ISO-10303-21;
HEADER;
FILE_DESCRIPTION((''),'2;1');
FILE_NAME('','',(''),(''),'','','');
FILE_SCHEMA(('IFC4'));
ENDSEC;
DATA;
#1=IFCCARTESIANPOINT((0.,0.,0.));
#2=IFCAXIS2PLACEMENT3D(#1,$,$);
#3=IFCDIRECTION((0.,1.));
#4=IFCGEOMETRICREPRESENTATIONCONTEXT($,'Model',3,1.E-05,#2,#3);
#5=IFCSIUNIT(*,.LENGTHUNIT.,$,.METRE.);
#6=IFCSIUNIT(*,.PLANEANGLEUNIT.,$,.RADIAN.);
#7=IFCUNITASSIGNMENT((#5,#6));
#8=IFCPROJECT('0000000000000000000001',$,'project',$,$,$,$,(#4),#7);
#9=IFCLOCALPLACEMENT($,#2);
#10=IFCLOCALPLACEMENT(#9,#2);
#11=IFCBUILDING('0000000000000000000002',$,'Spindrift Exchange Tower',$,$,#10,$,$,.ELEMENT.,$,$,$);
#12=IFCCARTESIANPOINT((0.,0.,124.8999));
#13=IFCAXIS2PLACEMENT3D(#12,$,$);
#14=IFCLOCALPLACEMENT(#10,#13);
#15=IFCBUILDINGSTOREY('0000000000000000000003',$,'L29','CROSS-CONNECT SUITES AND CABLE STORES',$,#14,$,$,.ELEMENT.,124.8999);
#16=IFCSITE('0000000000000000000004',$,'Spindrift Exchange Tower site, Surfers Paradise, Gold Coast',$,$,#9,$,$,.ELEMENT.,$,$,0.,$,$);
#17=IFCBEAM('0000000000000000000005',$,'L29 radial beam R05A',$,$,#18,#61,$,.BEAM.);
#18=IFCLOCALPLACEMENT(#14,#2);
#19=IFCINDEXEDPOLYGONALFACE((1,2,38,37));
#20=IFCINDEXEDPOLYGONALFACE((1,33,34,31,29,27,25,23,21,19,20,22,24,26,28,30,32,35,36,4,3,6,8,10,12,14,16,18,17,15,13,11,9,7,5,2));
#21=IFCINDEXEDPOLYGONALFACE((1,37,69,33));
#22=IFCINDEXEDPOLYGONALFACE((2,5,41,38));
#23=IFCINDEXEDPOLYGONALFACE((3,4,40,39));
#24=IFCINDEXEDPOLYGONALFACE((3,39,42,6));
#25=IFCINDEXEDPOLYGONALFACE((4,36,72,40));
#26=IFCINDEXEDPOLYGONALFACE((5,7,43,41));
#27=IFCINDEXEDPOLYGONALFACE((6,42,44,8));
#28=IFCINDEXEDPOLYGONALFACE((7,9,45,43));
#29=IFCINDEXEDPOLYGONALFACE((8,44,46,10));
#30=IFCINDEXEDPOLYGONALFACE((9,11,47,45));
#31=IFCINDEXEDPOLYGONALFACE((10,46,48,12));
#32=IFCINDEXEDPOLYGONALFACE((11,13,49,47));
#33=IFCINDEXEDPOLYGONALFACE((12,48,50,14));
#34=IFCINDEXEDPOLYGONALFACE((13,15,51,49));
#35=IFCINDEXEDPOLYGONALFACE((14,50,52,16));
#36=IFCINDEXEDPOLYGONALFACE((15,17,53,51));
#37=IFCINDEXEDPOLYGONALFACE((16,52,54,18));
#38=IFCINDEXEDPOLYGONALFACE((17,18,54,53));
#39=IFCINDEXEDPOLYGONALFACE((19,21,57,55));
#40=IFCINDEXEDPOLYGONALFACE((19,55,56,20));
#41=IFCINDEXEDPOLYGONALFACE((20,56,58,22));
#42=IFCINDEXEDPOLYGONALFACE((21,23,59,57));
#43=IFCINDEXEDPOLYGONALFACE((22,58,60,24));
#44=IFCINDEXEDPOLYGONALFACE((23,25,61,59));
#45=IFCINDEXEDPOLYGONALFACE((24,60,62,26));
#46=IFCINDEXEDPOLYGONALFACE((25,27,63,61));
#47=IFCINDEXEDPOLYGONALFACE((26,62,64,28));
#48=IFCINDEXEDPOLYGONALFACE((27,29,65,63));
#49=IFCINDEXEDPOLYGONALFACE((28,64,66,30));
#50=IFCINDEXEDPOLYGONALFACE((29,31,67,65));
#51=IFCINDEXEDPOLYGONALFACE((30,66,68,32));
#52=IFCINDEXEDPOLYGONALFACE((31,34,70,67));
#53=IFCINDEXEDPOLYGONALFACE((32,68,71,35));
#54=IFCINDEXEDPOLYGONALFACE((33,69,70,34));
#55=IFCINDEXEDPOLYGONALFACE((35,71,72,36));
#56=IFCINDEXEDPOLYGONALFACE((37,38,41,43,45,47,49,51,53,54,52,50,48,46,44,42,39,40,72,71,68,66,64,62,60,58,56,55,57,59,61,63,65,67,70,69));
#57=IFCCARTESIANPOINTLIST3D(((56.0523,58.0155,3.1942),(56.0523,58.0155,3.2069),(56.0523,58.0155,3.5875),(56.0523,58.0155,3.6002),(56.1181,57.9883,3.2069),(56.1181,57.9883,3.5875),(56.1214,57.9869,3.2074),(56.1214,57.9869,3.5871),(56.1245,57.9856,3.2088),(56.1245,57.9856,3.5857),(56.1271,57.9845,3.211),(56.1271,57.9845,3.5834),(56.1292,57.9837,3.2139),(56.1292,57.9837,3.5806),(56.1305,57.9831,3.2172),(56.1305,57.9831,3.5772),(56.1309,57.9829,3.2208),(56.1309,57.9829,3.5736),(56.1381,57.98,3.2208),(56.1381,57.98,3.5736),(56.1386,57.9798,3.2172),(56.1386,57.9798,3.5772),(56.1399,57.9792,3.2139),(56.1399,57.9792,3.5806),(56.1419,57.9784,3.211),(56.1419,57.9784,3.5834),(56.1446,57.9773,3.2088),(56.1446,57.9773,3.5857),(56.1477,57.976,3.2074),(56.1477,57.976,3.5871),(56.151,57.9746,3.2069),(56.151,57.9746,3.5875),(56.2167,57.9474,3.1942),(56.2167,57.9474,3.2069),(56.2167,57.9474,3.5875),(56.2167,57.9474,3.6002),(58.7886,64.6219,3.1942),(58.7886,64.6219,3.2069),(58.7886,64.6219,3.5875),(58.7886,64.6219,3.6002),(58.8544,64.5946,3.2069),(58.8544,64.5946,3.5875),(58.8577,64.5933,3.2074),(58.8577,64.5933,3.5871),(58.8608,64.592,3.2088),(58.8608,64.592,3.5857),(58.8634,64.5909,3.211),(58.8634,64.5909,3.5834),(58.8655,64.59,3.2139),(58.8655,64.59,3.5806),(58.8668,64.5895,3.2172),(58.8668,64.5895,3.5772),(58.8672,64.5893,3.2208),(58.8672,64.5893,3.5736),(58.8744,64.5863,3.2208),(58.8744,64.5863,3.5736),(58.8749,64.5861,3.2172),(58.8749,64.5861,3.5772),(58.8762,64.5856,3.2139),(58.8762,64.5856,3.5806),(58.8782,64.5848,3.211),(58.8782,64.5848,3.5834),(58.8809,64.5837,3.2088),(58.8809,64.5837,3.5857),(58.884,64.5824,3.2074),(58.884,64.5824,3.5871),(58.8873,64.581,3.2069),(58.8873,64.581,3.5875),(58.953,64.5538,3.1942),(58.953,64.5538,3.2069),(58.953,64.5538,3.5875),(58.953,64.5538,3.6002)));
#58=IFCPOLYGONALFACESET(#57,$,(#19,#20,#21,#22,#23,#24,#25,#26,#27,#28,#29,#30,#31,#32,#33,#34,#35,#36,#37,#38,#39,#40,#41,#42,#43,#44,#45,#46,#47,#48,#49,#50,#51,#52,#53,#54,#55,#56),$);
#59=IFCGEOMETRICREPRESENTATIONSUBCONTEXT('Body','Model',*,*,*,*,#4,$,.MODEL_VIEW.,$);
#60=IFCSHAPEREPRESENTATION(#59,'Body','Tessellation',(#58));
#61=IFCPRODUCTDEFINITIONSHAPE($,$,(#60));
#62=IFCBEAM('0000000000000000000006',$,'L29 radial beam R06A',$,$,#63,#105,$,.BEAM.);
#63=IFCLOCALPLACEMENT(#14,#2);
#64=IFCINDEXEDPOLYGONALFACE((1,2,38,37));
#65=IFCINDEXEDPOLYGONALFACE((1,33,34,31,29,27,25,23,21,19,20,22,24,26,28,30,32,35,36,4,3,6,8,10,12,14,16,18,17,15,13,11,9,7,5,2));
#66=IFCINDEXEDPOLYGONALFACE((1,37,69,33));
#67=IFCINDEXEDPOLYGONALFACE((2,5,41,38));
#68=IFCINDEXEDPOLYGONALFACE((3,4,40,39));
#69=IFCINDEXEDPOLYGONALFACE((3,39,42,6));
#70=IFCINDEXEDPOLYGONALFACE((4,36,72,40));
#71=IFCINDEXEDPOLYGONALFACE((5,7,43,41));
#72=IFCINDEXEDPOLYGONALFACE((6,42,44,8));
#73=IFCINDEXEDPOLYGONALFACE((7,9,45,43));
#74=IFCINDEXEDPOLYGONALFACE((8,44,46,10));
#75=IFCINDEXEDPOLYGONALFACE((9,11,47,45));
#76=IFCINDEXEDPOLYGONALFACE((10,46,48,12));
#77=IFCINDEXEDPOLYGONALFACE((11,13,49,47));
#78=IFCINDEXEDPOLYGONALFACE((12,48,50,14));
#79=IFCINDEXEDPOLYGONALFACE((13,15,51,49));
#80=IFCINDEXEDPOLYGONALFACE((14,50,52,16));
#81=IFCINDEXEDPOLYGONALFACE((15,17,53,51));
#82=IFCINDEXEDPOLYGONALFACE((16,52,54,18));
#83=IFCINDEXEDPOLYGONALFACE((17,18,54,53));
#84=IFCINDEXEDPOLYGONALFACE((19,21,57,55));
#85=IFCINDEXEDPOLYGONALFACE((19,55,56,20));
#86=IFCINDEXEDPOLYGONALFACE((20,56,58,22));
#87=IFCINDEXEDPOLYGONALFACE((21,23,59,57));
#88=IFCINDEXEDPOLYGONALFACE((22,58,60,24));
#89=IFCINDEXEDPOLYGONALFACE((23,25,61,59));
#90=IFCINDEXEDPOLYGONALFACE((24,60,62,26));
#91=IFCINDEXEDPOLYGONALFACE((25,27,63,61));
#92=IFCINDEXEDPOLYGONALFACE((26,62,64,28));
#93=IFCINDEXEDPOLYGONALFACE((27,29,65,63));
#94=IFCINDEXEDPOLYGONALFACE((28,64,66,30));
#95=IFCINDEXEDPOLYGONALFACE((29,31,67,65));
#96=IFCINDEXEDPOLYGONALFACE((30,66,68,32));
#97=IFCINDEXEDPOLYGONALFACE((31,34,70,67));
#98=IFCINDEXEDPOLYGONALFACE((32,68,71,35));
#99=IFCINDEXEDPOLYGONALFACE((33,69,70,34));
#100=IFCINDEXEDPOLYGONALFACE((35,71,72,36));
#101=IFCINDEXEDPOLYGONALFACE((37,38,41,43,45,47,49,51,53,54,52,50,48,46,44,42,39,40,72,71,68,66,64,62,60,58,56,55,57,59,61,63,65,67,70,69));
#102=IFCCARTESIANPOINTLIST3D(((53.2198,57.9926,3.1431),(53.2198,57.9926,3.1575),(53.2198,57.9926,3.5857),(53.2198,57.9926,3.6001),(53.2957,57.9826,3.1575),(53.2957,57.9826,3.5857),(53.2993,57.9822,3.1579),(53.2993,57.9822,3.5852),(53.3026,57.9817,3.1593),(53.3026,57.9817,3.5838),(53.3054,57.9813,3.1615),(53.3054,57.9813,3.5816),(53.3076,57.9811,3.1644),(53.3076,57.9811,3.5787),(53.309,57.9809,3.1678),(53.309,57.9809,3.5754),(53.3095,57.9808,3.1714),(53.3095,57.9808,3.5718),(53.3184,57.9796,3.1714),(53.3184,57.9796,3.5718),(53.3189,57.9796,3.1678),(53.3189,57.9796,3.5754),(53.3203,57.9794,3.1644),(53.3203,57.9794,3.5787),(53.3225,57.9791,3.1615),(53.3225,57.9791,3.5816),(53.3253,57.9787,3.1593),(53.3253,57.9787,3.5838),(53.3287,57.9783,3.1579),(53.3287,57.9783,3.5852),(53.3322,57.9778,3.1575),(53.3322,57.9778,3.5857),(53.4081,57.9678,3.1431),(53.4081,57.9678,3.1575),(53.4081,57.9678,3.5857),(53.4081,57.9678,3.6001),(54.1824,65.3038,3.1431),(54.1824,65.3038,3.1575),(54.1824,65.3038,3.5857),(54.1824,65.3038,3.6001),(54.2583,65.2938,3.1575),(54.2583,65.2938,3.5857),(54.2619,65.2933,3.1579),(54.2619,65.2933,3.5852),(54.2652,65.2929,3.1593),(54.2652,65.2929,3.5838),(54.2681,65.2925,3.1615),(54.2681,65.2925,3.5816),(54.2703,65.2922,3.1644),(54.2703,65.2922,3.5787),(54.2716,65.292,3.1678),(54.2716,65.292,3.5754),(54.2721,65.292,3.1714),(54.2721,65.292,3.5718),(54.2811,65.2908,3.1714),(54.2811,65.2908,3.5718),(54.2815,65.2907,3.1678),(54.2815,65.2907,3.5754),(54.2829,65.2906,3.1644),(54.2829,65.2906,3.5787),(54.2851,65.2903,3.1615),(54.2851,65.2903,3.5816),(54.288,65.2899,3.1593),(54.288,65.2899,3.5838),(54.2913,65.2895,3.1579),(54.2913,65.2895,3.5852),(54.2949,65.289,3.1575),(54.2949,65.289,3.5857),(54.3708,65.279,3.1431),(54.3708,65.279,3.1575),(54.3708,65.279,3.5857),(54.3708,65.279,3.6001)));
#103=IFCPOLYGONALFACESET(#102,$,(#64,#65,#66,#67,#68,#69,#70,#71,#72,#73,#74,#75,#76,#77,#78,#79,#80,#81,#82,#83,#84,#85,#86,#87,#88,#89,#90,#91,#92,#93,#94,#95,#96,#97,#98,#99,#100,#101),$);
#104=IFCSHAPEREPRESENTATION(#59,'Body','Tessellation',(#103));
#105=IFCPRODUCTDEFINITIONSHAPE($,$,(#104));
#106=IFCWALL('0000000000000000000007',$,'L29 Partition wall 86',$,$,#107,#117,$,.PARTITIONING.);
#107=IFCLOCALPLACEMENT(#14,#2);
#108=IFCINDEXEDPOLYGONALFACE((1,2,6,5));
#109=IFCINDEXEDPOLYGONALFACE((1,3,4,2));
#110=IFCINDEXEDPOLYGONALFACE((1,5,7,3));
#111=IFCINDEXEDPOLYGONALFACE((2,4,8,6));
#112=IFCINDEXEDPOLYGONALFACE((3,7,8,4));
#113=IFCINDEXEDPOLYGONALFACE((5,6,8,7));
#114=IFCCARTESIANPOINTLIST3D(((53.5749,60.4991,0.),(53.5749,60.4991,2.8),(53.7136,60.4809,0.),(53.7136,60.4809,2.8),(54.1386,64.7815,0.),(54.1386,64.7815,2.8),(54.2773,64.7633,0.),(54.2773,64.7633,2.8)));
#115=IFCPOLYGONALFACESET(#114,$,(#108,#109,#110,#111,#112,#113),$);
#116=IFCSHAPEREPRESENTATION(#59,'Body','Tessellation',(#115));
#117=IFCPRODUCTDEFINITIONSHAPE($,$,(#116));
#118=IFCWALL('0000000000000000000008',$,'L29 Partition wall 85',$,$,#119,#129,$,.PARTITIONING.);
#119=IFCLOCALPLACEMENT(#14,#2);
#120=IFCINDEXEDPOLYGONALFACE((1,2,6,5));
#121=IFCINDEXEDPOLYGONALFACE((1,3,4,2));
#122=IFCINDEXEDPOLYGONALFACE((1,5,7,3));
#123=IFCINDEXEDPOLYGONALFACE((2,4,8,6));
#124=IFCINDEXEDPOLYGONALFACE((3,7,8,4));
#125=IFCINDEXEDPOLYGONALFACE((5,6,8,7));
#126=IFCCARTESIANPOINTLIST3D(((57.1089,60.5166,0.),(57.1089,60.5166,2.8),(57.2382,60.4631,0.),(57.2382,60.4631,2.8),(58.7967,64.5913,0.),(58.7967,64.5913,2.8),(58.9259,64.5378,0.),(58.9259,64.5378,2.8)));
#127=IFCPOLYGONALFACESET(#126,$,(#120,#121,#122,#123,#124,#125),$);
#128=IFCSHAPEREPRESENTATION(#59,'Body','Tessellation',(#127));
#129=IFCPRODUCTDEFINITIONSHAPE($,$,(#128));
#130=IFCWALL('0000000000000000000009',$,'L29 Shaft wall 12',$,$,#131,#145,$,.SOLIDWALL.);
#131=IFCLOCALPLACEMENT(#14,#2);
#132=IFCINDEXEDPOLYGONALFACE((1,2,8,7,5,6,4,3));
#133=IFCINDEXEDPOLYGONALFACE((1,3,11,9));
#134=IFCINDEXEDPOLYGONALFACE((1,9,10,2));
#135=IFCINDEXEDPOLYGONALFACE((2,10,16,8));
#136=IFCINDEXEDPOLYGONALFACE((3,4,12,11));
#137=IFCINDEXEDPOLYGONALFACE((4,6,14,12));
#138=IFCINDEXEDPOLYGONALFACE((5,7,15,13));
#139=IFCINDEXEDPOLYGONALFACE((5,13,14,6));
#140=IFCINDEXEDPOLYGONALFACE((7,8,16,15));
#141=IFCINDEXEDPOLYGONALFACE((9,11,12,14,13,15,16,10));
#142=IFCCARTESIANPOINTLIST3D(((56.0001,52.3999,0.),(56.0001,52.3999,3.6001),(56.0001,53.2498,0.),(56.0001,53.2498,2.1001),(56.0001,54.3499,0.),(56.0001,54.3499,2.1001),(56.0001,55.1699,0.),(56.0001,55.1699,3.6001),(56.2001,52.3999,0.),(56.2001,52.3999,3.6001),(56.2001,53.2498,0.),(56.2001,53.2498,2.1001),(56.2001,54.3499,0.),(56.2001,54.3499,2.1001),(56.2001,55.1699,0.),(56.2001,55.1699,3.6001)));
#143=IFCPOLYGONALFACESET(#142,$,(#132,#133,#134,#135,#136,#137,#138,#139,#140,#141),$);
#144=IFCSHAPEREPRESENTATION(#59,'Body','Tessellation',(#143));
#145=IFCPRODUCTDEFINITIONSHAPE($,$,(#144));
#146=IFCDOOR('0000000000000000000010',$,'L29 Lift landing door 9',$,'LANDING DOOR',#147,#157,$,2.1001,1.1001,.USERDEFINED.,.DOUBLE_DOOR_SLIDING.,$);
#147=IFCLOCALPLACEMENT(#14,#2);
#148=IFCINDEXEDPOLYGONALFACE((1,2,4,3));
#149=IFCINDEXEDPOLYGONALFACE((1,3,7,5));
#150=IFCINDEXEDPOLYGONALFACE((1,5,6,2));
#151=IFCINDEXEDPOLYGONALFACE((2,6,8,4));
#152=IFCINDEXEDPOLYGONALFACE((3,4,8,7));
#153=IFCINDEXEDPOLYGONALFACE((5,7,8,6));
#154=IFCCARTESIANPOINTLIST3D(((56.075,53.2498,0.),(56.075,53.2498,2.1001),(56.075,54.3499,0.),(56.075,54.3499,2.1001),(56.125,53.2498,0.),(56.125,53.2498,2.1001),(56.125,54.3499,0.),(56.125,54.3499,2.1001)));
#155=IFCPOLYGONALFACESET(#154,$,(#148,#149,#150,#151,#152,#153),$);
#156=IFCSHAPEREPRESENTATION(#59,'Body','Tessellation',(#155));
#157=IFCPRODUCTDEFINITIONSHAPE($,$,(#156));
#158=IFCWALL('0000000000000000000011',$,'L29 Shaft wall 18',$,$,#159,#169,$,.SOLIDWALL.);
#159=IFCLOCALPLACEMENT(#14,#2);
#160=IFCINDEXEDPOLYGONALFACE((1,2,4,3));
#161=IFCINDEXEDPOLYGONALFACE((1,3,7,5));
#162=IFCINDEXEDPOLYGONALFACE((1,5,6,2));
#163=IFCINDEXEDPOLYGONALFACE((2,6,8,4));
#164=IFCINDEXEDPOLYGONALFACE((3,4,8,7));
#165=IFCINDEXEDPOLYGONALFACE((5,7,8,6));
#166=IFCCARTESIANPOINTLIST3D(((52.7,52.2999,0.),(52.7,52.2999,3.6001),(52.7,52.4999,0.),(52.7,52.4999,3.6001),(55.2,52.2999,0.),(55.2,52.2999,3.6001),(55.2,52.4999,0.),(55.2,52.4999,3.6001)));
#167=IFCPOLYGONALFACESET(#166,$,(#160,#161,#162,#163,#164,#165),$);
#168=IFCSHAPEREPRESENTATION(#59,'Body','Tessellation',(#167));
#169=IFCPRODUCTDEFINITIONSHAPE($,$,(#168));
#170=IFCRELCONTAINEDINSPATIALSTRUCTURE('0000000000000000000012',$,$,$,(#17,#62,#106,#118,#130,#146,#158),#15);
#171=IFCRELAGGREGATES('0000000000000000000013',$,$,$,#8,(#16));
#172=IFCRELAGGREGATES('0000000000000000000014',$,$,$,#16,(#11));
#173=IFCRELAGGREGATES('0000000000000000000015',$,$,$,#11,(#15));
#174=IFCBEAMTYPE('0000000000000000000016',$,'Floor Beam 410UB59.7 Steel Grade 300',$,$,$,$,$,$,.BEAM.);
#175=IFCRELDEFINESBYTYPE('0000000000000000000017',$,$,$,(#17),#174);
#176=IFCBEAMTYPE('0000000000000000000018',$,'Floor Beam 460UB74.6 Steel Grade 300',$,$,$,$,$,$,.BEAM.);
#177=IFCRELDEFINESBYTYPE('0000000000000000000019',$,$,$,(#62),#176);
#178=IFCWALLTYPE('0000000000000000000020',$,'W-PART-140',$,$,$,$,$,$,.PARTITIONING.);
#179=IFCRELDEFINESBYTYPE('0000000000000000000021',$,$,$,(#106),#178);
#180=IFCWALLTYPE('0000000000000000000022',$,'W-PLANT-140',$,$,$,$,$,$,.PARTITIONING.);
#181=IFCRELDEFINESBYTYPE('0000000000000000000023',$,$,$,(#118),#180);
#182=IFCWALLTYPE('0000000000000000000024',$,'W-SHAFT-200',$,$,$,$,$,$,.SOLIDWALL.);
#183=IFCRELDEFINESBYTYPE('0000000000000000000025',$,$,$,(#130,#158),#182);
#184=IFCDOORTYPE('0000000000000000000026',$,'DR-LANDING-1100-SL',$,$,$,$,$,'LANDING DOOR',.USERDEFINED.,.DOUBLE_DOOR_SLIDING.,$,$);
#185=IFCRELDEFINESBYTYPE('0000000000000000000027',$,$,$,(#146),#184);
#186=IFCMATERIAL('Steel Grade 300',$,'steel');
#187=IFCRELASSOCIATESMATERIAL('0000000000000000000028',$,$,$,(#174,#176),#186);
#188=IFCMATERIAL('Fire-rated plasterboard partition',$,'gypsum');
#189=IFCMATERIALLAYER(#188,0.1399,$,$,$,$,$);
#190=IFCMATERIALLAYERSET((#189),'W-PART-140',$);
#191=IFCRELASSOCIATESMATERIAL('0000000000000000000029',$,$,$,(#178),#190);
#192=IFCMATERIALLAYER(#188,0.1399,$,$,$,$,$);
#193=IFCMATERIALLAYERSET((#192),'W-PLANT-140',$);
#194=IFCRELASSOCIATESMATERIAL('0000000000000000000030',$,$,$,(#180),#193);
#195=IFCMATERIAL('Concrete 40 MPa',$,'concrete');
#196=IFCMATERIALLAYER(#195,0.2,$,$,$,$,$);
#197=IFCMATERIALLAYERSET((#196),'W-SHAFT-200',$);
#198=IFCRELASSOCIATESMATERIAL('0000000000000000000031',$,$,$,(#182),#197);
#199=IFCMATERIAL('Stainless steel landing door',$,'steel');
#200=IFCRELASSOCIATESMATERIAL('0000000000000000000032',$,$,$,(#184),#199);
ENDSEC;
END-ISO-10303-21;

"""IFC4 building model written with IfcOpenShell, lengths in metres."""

from ifc_helpers import new_model, si_unit, direction, frame, frame_2d, origin, origin_2d, place, context, subcontext, project, spatial, rectangle, i_section, extrude, source, transform, mapped, material, layer, layer_set, material_profile, profile_set, type_object, element, fill, save


model = new_model("IFC4")

# Units and contexts
model_context = context("Model", 3, precision=1e-05, world=origin(), true_north=direction((0.0, 1.0)))
body_context = subcontext(model_context, "Body", "Model", "MODEL_VIEW")
ifc_project = project(units=[si_unit("LENGTHUNIT", "METRE"), si_unit("PLANEANGLEUNIT", "RADIAN")], contexts=[model_context])

# Site, building, storey
site_placement = place(None, origin())
site = spatial("IfcSite", under=ifc_project, at=site_placement, Name="Spindrift Exchange Tower site, Surfers Paradise, Gold Coast", CompositionType="ELEMENT", RefElevation=0.0)
building_placement = place(site_placement, origin())
building = spatial("IfcBuilding", under=site, at=building_placement, Name="Spindrift Exchange Tower", CompositionType="ELEMENT")
storey_placement = place(building_placement, frame((0.0, 0.0, 124.8999)))
storey = spatial("IfcBuildingStorey", under=building, at=storey_placement, Name="L29", Description="CROSS-CONNECT SUITES AND CABLE STORES", CompositionType="ELEMENT", Elevation=124.8999)

# Beams
ifc_material_1 = material(Name="Steel Grade 300", Category="steel")
ifc_material_profile_1 = material_profile(ifc_material_1, i_section(OverallWidth=0.178, OverallDepth=0.406, WebThickness=0.0078, FlangeThickness=0.0127, FilletRadius=0.0139, at=origin_2d()), Name="410UB59.7")
ifc_profile_set_1 = profile_set([ifc_material_profile_1], Name="Steel Grade 300")
beam_type_1 = type_object("IfcBeamType", Name="Floor Beam 410UB59.7 Steel Grade 300", PredefinedType="BEAM", material=ifc_profile_set_1)
shared_shape_1 = source(origin(), body_context, "Body", "SweptSolid", [
    extrude(i_section(OverallWidth=0.178, OverallDepth=0.406, WebThickness=0.0078, FlangeThickness=0.0127, FilletRadius=0.0139, at=origin_2d()), origin(), (0.0, 0.0, 1.0), 7.1506),
])
beam_1_placement = place(storey_placement, frame((56.1345, 57.9814, 3.3972), z_axis=(0.382665, 0.923887, 0.0), x_axis=(-0.923887, 0.382665, 0.0)))
element("IfcBeam", 1, at=beam_1_placement, inside=storey, type_object=beam_type_1, Name="L29 radial beam R05A", PredefinedType="BEAM", context=body_context, shape_type="MappedRepresentation", body=[
    mapped(shared_shape_1, transform((0.0, 0.0, 0.0), scale=1.0)),
])
ifc_material_profile_2 = material_profile(ifc_material_1, i_section(OverallWidth=0.1899, OverallDepth=0.457, WebThickness=0.009, FlangeThickness=0.0144, FilletRadius=0.0139, at=origin_2d()), Name="460UB74.6")
ifc_profile_set_2 = profile_set([ifc_material_profile_2], Name="Steel Grade 300")
beam_type_2 = type_object("IfcBeamType", Name="Floor Beam 460UB74.6 Steel Grade 300", PredefinedType="BEAM", material=ifc_profile_set_2)
shared_shape_2 = source(origin(), body_context, "Body", "SweptSolid", [
    extrude(i_section(OverallWidth=0.1899, OverallDepth=0.457, WebThickness=0.009, FlangeThickness=0.0144, FilletRadius=0.0139, at=origin_2d()), origin(), (0.0, 0.0, 1.0), 7.3743),
])
beam_2_placement = place(storey_placement, frame((53.314, 57.9802, 3.3716), z_axis=(0.130539, 0.991443, 0.0), x_axis=(-0.991443, 0.130539, 0.0)))
element("IfcBeam", 2, at=beam_2_placement, inside=storey, type_object=beam_type_2, Name="L29 radial beam R06A", PredefinedType="BEAM", context=body_context, shape_type="MappedRepresentation", body=[
    mapped(shared_shape_2, transform((0.0, 0.0, 0.0), scale=1.0)),
])

# Walls
ifc_material_2 = material(Name="Fire-rated plasterboard partition", Category="gypsum")
ifc_layer_1 = layer(ifc_material_2, 0.1399)
ifc_layer_set_1 = layer_set([ifc_layer_1], Name="W-PART-140")
wall_type_1 = type_object("IfcWallType", Name="W-PART-140", PredefinedType="PARTITIONING", material=ifc_layer_set_1)
wall_1_placement = place(storey_placement, frame((53.6443, 60.49, 0.0), z_axis=(0.0, 0.0, 1.0), x_axis=(0.130509, 0.991447, 0.0)))
element("IfcWall", 3, at=wall_1_placement, inside=storey, type_object=wall_type_1, Name="L29 Partition wall 86", PredefinedType="PARTITIONING", context=body_context, shape_type="SweptSolid", body=[
    extrude(rectangle(XDim=4.3193, YDim=0.1399, at=frame_2d((2.1597, 0.0))), origin(), (0.0, 0.0, 1.0), 2.8),
])
ifc_layer_2 = layer(ifc_material_2, 0.1399)
ifc_layer_set_2 = layer_set([ifc_layer_2], Name="W-PLANT-140")
wall_type_2 = type_object("IfcWallType", Name="W-PLANT-140", PredefinedType="PARTITIONING", material=ifc_layer_set_2)
wall_2_placement = place(storey_placement, frame((57.1736, 60.49, 0.0), z_axis=(0.0, 0.0, 1.0), x_axis=(0.382673, 0.923884, 0.0)))
element("IfcWall", 4, at=wall_2_placement, inside=storey, type_object=wall_type_2, Name="L29 Partition wall 85", PredefinedType="PARTITIONING", context=body_context, shape_type="SweptSolid", body=[
    extrude(rectangle(XDim=4.4104, YDim=0.1399, at=frame_2d((2.2051, 0.0))), origin(), (0.0, 0.0, 1.0), 2.8),
])

# Wall, opening, door
ifc_material_3 = material(Name="Concrete 40 MPa", Category="concrete")
ifc_layer_3 = layer(ifc_material_3, 0.2)
ifc_layer_set_3 = layer_set([ifc_layer_3], Name="W-SHAFT-200")
wall_type_3 = type_object("IfcWallType", Name="W-SHAFT-200", PredefinedType="SOLIDWALL", material=ifc_layer_set_3)
wall_3_placement = place(storey_placement, frame((56.1001, 55.1699, 0.0), z_axis=(0.0, 0.0, 1.0), x_axis=(0.0, -1.0, 0.0)))
wall_3 = element("IfcWall", 5, at=wall_3_placement, inside=storey, type_object=wall_type_3, Name="L29 Shaft wall 12", PredefinedType="SOLIDWALL", context=body_context, shape_type="SweptSolid", body=[
    extrude(rectangle(XDim=2.77, YDim=0.2, at=frame_2d((1.385, 0.0))), origin(), (0.0, 0.0, 1.0), 3.6001),
])
opening_1_placement = place(wall_3_placement, frame((0.8201, 0.0, 0.0)))
opening_1 = element("IfcOpeningElement", 6, at=opening_1_placement, cuts=wall_3, PredefinedType="OPENING", context=body_context, shape_type="SweptSolid", body=[
    extrude(rectangle(XDim=1.1001, YDim=2.1001, at=frame_2d((0.55, 1.05))), frame((0.0, 0.1099, 0.0), z_axis=(0.0, -1.0, 0.0), x_axis=(1.0, 0.0, 0.0)), (0.0, 0.0, 1.0), 0.22),
])
ifc_material_4 = material(Name="Stainless steel landing door", Category="steel")
door_type_1 = type_object("IfcDoorType", Name="DR-LANDING-1100-SL", ElementType="LANDING DOOR", OperationType="DOUBLE_DOOR_SLIDING", PredefinedType="USERDEFINED", material=ifc_material_4)
shared_shape_3 = source(origin(), body_context, "Body", "SweptSolid", [
    extrude(rectangle(XDim=1.1001, YDim=2.1001, at=frame_2d((0.55, 1.05))), frame((0.0, 0.0249, 0.0), z_axis=(0.0, -1.0, 0.0), x_axis=(1.0, 0.0, 0.0)), (0.0, 0.0, 1.0), 0.05),
])
door_1_placement = place(opening_1_placement, origin())
door_1 = element("IfcDoor", 7, at=door_1_placement, inside=storey, type_object=door_type_1, Name="L29 Lift landing door 9", ObjectType="LANDING DOOR", OperationType="DOUBLE_DOOR_SLIDING", OverallHeight=2.1001, OverallWidth=1.1001, PredefinedType="USERDEFINED", context=body_context, shape_type="MappedRepresentation", body=[
    mapped(shared_shape_3, transform((0.0, 0.0, 0.0), scale=1.0)),
])
fill(opening_1, door_1)

# Wall
wall_4_placement = place(storey_placement, frame((55.2, 52.3999, 0.0), z_axis=(0.0, 0.0, 1.0), x_axis=(-1.0, 0.0, 0.0)))
element("IfcWall", 8, at=wall_4_placement, inside=storey, type_object=wall_type_3, Name="L29 Shaft wall 18", PredefinedType="SOLIDWALL", context=body_context, shape_type="SweptSolid", body=[
    extrude(rectangle(XDim=2.5, YDim=0.2, at=frame_2d((1.25, 0.0))), origin(), (0.0, 0.0, 1.0), 3.6001),
])

save(model, "model.ifc")
